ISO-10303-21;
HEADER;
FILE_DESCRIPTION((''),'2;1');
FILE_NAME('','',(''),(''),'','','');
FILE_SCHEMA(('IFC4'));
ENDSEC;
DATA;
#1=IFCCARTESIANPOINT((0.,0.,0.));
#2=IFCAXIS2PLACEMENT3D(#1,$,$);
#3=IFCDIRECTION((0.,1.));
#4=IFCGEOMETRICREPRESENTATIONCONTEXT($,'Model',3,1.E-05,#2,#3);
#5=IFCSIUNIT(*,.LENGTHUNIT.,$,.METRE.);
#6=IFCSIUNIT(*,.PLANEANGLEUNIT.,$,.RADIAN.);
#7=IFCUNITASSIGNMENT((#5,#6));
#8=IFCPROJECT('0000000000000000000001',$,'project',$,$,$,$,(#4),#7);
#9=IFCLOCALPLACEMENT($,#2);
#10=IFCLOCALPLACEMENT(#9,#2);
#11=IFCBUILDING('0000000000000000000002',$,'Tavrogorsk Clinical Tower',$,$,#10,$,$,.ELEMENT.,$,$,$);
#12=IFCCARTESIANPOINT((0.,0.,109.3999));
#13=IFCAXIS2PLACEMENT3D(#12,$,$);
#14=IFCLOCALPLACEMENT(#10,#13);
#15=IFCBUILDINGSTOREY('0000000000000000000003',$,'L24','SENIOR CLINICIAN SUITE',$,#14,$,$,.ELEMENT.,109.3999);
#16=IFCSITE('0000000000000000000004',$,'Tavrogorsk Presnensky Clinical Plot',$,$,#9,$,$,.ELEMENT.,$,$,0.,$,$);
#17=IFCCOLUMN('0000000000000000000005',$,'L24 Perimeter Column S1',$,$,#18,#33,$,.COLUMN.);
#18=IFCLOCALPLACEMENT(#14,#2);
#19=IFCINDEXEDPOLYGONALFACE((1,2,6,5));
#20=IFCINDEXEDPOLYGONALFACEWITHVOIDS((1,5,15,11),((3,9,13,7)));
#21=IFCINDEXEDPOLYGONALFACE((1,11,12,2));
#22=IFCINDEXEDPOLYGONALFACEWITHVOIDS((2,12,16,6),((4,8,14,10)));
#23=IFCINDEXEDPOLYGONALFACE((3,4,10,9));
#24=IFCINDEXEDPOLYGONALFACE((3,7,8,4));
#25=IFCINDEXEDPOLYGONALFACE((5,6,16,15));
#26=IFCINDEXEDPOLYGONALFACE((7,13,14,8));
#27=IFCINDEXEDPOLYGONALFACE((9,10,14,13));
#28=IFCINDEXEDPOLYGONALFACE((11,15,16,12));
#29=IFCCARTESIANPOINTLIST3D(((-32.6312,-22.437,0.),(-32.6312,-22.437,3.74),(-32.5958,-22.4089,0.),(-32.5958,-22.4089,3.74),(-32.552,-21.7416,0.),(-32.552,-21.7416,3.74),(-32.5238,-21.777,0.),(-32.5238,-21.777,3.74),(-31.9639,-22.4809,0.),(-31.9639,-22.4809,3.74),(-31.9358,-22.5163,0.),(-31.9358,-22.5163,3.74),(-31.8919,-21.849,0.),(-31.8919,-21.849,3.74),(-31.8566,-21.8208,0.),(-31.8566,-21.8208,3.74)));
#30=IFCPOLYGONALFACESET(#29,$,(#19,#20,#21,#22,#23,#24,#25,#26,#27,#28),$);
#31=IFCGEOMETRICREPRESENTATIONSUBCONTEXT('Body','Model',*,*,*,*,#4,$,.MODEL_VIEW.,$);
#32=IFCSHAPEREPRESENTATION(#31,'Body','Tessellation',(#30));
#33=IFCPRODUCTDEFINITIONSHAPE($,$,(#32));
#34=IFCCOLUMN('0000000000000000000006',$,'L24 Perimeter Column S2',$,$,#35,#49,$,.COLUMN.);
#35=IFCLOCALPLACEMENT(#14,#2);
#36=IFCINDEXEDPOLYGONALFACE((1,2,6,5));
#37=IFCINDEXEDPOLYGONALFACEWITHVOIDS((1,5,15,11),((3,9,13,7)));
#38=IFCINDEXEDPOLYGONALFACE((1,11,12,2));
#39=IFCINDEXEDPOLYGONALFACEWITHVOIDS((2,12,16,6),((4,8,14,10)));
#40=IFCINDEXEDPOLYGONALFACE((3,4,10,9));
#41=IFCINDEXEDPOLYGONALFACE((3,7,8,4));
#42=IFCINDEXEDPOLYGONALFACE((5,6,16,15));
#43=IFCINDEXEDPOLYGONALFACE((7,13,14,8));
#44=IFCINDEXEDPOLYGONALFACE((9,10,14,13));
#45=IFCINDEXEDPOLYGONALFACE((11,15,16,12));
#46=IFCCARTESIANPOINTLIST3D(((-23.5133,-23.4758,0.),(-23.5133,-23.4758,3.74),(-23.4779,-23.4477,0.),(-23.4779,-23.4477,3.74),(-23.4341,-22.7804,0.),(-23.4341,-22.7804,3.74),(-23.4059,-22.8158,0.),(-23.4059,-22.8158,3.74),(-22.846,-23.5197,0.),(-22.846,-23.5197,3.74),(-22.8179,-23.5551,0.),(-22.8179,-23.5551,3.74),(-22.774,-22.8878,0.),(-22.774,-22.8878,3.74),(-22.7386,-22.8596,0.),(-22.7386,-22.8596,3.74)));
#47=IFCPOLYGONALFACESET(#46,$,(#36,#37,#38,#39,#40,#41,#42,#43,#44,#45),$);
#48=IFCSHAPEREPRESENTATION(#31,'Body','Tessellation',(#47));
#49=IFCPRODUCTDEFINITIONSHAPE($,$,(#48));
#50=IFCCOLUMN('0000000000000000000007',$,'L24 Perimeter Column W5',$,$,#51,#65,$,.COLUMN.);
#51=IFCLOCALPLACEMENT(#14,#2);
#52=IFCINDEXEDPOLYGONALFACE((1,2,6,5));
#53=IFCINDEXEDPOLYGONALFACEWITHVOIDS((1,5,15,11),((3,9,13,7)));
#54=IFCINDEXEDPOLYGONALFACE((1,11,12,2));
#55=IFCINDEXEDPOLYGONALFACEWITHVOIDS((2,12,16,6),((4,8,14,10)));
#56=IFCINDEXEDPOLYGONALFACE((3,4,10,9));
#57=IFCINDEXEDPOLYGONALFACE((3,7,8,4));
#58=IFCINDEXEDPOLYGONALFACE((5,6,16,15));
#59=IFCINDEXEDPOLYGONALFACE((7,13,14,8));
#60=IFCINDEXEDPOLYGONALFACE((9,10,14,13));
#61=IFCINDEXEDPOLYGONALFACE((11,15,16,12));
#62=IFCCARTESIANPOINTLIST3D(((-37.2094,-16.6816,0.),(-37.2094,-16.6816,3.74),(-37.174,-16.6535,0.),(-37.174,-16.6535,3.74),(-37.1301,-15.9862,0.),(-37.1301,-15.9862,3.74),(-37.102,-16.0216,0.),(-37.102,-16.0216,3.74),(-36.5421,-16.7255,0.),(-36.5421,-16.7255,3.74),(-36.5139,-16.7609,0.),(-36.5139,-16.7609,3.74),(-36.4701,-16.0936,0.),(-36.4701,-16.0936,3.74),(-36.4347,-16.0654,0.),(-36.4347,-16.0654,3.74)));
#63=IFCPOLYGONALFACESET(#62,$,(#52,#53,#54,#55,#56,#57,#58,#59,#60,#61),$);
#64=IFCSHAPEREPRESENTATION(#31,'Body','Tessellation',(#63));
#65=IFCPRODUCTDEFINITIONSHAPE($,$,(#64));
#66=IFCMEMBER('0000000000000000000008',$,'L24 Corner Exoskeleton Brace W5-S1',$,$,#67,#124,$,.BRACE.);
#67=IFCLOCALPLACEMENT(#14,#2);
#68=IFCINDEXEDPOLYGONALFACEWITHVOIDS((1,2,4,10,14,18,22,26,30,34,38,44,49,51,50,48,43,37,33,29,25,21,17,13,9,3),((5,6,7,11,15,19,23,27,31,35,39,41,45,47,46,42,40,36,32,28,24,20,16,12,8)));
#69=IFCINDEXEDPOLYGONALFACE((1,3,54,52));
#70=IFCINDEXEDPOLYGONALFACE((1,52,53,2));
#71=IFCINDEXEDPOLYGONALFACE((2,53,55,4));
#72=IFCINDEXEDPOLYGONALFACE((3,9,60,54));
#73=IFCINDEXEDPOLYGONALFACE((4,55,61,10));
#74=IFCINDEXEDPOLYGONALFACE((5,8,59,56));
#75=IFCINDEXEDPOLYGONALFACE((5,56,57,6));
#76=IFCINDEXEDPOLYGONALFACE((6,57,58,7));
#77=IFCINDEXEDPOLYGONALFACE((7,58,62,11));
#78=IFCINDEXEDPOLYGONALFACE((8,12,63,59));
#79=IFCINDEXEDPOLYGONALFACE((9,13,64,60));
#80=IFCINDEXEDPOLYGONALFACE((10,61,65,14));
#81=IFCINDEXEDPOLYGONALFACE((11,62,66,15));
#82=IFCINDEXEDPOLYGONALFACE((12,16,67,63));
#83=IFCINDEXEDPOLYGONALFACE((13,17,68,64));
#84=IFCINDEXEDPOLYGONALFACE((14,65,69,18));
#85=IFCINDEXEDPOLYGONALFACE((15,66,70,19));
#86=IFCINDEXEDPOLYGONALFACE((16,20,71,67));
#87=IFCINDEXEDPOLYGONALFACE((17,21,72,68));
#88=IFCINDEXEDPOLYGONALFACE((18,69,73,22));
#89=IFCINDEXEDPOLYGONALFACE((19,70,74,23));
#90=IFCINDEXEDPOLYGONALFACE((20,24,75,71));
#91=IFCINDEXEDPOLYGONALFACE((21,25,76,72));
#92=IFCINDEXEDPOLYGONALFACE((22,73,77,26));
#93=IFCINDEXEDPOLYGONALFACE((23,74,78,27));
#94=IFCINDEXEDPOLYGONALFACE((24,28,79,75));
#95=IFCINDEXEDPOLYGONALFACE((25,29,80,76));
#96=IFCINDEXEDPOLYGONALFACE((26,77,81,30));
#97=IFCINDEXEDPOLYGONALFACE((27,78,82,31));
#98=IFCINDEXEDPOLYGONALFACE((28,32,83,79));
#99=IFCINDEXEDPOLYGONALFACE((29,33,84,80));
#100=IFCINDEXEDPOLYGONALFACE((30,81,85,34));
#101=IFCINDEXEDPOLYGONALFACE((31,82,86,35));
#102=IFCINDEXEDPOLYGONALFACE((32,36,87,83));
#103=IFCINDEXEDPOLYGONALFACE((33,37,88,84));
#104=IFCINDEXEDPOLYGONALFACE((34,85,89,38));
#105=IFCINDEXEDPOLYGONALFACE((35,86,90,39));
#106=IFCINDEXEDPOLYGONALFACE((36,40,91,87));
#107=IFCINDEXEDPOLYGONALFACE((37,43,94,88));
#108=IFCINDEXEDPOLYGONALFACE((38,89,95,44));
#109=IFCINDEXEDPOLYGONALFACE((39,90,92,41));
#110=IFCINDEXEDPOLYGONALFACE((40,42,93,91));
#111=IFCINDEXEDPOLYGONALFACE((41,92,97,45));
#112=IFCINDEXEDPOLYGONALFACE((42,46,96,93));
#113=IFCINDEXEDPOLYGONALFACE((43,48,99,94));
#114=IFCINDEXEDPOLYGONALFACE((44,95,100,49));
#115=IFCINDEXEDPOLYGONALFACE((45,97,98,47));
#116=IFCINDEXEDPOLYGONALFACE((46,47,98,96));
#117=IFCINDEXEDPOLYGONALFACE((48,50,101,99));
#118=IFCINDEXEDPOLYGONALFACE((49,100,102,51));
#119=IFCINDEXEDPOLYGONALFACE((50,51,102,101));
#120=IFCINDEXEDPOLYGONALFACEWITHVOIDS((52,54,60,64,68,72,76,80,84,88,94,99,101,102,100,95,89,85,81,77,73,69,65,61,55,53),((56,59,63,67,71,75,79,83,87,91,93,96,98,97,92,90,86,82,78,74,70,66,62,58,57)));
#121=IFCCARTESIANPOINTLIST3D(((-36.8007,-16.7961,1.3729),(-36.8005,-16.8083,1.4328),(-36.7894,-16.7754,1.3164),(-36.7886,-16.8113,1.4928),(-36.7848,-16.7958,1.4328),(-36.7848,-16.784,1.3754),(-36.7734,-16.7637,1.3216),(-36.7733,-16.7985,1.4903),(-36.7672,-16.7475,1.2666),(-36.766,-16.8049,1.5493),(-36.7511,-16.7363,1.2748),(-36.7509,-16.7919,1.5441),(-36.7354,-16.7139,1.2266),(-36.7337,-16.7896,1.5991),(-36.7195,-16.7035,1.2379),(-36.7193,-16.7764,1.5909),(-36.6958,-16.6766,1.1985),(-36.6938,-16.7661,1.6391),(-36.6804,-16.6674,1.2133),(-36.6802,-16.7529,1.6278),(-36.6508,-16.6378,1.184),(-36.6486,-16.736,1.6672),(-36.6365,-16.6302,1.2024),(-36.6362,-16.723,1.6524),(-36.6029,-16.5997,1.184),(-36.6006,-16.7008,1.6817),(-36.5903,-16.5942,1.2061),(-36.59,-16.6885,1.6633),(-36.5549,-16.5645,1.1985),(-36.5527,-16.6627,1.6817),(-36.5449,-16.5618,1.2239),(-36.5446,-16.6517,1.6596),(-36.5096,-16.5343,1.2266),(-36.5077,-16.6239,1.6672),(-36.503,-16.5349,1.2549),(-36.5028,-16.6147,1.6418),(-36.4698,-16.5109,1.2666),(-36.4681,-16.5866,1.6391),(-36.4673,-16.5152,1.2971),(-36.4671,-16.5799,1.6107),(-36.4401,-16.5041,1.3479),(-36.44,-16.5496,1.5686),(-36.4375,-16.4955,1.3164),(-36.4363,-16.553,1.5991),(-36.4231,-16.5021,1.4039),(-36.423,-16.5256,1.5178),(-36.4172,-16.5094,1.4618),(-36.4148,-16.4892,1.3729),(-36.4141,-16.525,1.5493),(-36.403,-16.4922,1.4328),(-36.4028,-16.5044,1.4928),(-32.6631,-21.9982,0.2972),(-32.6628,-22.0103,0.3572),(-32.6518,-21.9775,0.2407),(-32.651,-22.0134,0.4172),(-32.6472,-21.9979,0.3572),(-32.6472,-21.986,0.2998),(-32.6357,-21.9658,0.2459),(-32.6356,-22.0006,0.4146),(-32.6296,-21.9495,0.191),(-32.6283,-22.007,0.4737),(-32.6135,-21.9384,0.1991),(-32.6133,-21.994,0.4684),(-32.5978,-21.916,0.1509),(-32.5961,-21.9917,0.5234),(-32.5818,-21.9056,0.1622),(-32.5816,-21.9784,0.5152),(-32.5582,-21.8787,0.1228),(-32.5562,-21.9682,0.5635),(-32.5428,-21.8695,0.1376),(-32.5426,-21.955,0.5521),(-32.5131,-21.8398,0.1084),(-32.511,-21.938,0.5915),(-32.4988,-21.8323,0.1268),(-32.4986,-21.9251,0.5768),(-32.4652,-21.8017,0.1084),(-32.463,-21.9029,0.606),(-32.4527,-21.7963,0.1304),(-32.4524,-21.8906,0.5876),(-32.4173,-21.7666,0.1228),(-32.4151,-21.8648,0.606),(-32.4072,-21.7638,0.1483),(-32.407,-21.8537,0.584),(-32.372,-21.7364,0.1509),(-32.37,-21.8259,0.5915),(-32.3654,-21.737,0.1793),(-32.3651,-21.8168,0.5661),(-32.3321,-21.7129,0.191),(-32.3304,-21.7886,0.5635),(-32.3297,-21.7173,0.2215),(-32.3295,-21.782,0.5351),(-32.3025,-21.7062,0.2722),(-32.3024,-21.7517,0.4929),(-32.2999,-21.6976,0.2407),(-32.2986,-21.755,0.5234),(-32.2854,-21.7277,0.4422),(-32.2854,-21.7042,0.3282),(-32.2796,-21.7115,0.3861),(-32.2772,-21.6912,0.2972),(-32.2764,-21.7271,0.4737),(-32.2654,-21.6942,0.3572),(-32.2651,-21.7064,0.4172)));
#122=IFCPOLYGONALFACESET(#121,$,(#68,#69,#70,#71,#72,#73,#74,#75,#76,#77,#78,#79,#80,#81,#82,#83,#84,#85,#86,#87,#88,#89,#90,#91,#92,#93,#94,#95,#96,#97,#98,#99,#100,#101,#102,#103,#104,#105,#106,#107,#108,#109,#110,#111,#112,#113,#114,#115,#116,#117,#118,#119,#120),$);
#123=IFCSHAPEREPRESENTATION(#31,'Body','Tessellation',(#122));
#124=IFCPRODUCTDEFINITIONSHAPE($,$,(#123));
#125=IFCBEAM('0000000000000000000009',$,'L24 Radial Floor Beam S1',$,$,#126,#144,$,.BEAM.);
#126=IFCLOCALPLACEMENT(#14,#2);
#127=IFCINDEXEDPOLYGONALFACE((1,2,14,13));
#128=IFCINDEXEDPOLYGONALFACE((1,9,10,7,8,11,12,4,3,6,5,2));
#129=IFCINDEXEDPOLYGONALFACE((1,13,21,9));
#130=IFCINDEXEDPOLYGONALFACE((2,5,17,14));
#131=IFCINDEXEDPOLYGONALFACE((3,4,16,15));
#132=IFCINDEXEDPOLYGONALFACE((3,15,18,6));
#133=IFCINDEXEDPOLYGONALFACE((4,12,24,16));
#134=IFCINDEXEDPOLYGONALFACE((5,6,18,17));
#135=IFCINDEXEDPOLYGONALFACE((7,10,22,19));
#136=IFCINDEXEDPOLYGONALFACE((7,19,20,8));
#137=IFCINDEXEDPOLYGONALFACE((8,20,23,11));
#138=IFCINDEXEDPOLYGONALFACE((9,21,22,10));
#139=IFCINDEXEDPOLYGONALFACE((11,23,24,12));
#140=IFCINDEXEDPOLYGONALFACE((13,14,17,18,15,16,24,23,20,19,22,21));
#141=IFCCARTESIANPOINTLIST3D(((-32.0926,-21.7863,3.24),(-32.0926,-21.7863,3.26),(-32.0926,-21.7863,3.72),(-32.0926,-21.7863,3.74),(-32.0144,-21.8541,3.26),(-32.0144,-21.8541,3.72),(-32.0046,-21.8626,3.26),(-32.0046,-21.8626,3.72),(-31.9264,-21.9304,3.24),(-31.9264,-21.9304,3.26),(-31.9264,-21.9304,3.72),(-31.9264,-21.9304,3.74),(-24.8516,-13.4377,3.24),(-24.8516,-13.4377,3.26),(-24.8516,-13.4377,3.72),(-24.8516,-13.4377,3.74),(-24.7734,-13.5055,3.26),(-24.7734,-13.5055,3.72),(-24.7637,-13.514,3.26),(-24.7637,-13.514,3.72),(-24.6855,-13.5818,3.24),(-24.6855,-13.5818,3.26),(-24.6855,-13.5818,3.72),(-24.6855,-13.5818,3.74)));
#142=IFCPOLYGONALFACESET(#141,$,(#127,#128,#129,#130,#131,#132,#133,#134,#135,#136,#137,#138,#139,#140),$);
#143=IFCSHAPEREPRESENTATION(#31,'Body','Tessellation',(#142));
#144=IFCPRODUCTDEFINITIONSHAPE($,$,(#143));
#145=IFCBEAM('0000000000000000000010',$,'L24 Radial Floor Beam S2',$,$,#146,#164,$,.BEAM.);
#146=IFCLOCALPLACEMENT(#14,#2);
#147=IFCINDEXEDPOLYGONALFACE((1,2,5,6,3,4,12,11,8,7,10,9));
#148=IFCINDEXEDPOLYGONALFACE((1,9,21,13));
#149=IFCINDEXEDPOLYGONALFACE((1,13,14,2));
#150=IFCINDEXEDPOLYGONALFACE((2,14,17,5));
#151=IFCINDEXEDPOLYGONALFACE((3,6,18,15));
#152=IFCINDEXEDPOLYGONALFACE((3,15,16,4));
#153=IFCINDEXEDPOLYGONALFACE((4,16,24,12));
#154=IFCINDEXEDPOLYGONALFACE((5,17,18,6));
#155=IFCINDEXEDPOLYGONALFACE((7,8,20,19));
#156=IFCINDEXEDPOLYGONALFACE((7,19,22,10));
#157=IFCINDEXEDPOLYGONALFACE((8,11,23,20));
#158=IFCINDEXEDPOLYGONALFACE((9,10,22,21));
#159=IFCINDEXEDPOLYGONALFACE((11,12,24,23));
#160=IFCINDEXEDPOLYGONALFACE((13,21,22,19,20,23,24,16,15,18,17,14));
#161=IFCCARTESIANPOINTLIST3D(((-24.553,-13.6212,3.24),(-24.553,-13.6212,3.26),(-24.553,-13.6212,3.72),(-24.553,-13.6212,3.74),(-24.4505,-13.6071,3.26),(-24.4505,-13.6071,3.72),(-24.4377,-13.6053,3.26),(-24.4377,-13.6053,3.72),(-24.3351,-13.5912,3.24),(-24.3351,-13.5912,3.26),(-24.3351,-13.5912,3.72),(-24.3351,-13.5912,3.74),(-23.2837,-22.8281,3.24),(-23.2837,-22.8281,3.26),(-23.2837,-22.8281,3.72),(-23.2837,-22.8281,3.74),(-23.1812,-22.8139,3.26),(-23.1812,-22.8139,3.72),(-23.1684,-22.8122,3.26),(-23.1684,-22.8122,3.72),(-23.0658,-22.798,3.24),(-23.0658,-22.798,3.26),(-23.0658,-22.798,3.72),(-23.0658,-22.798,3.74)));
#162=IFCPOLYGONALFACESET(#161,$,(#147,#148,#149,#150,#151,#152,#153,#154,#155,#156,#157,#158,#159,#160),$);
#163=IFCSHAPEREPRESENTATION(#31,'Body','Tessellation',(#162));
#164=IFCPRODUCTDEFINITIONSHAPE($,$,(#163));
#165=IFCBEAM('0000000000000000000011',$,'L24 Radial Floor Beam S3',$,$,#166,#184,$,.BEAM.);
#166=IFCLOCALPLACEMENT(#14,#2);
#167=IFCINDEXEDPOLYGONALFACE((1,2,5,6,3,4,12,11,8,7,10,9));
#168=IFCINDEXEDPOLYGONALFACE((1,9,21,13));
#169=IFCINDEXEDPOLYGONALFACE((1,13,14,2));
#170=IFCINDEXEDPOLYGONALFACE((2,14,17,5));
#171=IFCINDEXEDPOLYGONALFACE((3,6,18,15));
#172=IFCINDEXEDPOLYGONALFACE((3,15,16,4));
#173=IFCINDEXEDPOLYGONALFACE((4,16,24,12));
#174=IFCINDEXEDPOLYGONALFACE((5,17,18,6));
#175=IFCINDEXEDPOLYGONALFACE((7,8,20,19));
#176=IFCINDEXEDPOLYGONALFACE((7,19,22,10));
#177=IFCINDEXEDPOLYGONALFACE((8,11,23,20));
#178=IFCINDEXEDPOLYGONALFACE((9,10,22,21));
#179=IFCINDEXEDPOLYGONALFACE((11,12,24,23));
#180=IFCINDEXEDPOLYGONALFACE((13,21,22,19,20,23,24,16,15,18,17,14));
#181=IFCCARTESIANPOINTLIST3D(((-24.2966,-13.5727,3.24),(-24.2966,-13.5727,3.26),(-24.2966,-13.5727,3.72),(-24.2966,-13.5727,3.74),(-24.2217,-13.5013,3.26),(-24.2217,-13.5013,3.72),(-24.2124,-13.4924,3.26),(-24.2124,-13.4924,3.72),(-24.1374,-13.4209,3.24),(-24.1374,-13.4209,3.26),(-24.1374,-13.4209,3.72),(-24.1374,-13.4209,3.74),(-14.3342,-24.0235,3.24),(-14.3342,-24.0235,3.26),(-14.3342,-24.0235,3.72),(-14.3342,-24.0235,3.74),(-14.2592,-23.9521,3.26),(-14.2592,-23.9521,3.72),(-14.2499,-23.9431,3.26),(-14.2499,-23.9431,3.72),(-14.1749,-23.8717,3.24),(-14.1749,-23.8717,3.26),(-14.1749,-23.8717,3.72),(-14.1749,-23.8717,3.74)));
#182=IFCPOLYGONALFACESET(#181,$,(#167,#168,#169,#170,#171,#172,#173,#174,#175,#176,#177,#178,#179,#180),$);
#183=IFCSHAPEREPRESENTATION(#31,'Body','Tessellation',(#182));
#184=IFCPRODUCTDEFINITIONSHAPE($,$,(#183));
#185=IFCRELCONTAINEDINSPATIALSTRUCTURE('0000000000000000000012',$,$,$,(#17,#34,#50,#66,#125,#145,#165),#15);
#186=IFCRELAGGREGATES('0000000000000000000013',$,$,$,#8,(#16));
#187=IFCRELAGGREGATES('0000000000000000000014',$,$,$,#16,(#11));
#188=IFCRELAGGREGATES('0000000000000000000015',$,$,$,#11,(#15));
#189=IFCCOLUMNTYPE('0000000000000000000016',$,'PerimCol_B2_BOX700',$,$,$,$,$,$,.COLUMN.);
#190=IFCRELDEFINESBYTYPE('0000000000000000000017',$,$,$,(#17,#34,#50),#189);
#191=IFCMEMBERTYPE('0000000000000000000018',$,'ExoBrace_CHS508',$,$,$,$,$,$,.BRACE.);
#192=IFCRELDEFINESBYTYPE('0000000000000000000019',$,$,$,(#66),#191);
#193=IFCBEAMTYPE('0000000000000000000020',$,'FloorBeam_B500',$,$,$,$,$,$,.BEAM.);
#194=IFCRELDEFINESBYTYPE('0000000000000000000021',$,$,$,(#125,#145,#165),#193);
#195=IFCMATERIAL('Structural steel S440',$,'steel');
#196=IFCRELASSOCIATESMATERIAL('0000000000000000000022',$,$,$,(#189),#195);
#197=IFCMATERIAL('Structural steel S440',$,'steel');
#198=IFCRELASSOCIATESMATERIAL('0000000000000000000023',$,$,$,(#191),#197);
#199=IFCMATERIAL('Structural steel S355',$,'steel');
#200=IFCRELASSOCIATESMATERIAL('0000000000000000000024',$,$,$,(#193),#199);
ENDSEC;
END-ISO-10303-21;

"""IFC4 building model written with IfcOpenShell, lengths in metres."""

from ifc_helpers import new_model, si_unit, direction, frame, origin, origin_2d, place, context, subcontext, project, spatial, hollow_rectangle, hollow_circle, i_section, extrude, material, material_profile, profile_set, type_object, element, save


model = new_model("IFC4")

# Units and contexts
model_context = context("Model", 3, precision=1e-05, world=origin(), true_north=direction((0.0, 1.0)))
body_context = subcontext(model_context, "Body", "Model", "MODEL_VIEW")
ifc_project = project(units=[si_unit("LENGTHUNIT", "METRE"), si_unit("PLANEANGLEUNIT", "RADIAN")], contexts=[model_context])

# Site, building, storey
site_placement = place(None, origin())
site = spatial("IfcSite", under=ifc_project, at=site_placement, Name="Tavrogorsk Presnensky Clinical Plot", CompositionType="ELEMENT", RefElevation=0.0)
building_placement = place(site_placement, origin())
building = spatial("IfcBuilding", under=site, at=building_placement, Name="Tavrogorsk Clinical Tower", CompositionType="ELEMENT")
storey_placement = place(building_placement, frame((0.0, 0.0, 109.3999)))
storey = spatial("IfcBuildingStorey", under=building, at=storey_placement, Name="L24", Description="SENIOR CLINICIAN SUITE", CompositionType="ELEMENT", Elevation=109.3999)

# Columns
ifc_material_1 = material(Name="Structural steel S440", Category="steel")
ifc_material_profile_1 = material_profile(ifc_material_1, hollow_rectangle(XDim=0.7, YDim=0.7, WallThickness=0.032, at=origin_2d()), Name="BOX-700x700x32")
ifc_profile_set_1 = profile_set([ifc_material_profile_1], Name="Structural steel S440")
column_type = type_object("IfcColumnType", Name="PerimCol_B2_BOX700", PredefinedType="COLUMN", material=ifc_profile_set_1)
for number, where, z_axis, x_axis, name in (
    (1, (-32.2439, -22.1289, 0.0), (0.0, 0.0, 1.0), (0.993572, -0.113203, 0.0), "L24 Perimeter Column S1"),
    (2, (-23.126, -23.1677, 0.0), (0.0, 0.0, 1.0), (0.993572, -0.113203, 0.0), "L24 Perimeter Column S2"),
    (3, (-36.822, -16.3735, 0.0), (0.0, 0.0, 1.0), (0.993572, -0.113203, 0.0), "L24 Perimeter Column W5"),
):
    element("IfcColumn", number, at=place(storey_placement, frame(where, z_axis=z_axis, x_axis=x_axis)), inside=storey, type_object=column_type, Name=name, PredefinedType="COLUMN", context=body_context, shape_type="SweptSolid", body=[
        extrude(hollow_rectangle(XDim=0.7, YDim=0.7, WallThickness=0.032, at=origin_2d()), origin(), (0.0, 0.0, 1.0), 3.74),
    ])

# Member
ifc_material_2 = material(Name="Structural steel S440", Category="steel")
ifc_material_profile_2 = material_profile(ifc_material_2, hollow_circle(Radius=0.2539, WallThickness=0.02, at=origin_2d()), Name="CHS-508x20")
ifc_profile_set_2 = profile_set([ifc_material_profile_2], Name="Structural steel S440")
member_type_1 = type_object("IfcMemberType", Name="ExoBrace_CHS508", PredefinedType="BRACE", material=ifc_profile_set_2)
member_1_placement = place(storey_placement, frame((-32.4641, -21.8523, 0.3572), z_axis=(-0.614494, 0.772578, 0.159751), x_axis=(-0.782629, -0.622489, 0.0)))
element("IfcMember", 4, at=member_1_placement, inside=storey, type_object=member_type_1, Name="L24 Corner Exoskeleton Brace W5-S1", PredefinedType="BRACE", context=body_context, shape_type="SweptSolid", body=[
    extrude(hollow_circle(Radius=0.2539, WallThickness=0.02, at=origin_2d()), origin(), (0.0, 0.0, 1.0), 6.7334),
])

# Beams
ifc_material_3 = material(Name="Structural steel S355", Category="steel")
ifc_material_profile_3 = material_profile(ifc_material_3, i_section(OverallWidth=0.22, OverallDepth=0.5, WebThickness=0.0129, FlangeThickness=0.02, at=origin_2d()), Name="B-500x220x13x20")
ifc_profile_set_3 = profile_set([ifc_material_profile_3], Name="Structural steel S355")
beam_type_1 = type_object("IfcBeamType", Name="FloorBeam_B500", PredefinedType="BEAM", material=ifc_profile_set_3)
beam_1_placement = place(storey_placement, frame((-24.7686, -13.5098, 3.49), z_axis=(-0.655214, -0.755443, 0.0), x_axis=(0.755443, -0.655214, 0.0)))
element("IfcBeam", 5, at=beam_1_placement, inside=storey, type_object=beam_type_1, Name="L24 Radial Floor Beam S1", PredefinedType="BEAM", context=body_context, shape_type="SweptSolid", body=[
    extrude(i_section(OverallWidth=0.22, OverallDepth=0.5, WebThickness=0.0129, FlangeThickness=0.02, at=origin_2d()), origin(), (0.0, 0.0, 1.0), 11.0513),
])
beam_2_placement = place(storey_placement, frame((-24.4441, -13.6062, 3.49), z_axis=(0.136573, -0.99063, 0.0), x_axis=(0.99063, 0.136573, 0.0)))
element("IfcBeam", 6, at=beam_2_placement, inside=storey, type_object=beam_type_1, Name="L24 Radial Floor Beam S2", PredefinedType="BEAM", context=body_context, shape_type="SweptSolid", body=[
    extrude(i_section(OverallWidth=0.22, OverallDepth=0.5, WebThickness=0.0129, FlangeThickness=0.02, at=origin_2d()), origin(), (0.0, 0.0, 1.0), 9.2939),
])
beam_3_placement = place(storey_placement, frame((-24.217, -13.4968, 3.49), z_axis=(0.689995, -0.723814, 0.0), x_axis=(0.723814, 0.689995, 0.0)))
element("IfcBeam", 7, at=beam_3_placement, inside=storey, type_object=beam_type_1, Name="L24 Radial Floor Beam S3", PredefinedType="BEAM", context=body_context, shape_type="SweptSolid", body=[
    extrude(i_section(OverallWidth=0.22, OverallDepth=0.5, WebThickness=0.0129, FlangeThickness=0.02, at=origin_2d()), origin(), (0.0, 0.0, 1.0), 14.4385),
])

save(model, "model.ifc")
